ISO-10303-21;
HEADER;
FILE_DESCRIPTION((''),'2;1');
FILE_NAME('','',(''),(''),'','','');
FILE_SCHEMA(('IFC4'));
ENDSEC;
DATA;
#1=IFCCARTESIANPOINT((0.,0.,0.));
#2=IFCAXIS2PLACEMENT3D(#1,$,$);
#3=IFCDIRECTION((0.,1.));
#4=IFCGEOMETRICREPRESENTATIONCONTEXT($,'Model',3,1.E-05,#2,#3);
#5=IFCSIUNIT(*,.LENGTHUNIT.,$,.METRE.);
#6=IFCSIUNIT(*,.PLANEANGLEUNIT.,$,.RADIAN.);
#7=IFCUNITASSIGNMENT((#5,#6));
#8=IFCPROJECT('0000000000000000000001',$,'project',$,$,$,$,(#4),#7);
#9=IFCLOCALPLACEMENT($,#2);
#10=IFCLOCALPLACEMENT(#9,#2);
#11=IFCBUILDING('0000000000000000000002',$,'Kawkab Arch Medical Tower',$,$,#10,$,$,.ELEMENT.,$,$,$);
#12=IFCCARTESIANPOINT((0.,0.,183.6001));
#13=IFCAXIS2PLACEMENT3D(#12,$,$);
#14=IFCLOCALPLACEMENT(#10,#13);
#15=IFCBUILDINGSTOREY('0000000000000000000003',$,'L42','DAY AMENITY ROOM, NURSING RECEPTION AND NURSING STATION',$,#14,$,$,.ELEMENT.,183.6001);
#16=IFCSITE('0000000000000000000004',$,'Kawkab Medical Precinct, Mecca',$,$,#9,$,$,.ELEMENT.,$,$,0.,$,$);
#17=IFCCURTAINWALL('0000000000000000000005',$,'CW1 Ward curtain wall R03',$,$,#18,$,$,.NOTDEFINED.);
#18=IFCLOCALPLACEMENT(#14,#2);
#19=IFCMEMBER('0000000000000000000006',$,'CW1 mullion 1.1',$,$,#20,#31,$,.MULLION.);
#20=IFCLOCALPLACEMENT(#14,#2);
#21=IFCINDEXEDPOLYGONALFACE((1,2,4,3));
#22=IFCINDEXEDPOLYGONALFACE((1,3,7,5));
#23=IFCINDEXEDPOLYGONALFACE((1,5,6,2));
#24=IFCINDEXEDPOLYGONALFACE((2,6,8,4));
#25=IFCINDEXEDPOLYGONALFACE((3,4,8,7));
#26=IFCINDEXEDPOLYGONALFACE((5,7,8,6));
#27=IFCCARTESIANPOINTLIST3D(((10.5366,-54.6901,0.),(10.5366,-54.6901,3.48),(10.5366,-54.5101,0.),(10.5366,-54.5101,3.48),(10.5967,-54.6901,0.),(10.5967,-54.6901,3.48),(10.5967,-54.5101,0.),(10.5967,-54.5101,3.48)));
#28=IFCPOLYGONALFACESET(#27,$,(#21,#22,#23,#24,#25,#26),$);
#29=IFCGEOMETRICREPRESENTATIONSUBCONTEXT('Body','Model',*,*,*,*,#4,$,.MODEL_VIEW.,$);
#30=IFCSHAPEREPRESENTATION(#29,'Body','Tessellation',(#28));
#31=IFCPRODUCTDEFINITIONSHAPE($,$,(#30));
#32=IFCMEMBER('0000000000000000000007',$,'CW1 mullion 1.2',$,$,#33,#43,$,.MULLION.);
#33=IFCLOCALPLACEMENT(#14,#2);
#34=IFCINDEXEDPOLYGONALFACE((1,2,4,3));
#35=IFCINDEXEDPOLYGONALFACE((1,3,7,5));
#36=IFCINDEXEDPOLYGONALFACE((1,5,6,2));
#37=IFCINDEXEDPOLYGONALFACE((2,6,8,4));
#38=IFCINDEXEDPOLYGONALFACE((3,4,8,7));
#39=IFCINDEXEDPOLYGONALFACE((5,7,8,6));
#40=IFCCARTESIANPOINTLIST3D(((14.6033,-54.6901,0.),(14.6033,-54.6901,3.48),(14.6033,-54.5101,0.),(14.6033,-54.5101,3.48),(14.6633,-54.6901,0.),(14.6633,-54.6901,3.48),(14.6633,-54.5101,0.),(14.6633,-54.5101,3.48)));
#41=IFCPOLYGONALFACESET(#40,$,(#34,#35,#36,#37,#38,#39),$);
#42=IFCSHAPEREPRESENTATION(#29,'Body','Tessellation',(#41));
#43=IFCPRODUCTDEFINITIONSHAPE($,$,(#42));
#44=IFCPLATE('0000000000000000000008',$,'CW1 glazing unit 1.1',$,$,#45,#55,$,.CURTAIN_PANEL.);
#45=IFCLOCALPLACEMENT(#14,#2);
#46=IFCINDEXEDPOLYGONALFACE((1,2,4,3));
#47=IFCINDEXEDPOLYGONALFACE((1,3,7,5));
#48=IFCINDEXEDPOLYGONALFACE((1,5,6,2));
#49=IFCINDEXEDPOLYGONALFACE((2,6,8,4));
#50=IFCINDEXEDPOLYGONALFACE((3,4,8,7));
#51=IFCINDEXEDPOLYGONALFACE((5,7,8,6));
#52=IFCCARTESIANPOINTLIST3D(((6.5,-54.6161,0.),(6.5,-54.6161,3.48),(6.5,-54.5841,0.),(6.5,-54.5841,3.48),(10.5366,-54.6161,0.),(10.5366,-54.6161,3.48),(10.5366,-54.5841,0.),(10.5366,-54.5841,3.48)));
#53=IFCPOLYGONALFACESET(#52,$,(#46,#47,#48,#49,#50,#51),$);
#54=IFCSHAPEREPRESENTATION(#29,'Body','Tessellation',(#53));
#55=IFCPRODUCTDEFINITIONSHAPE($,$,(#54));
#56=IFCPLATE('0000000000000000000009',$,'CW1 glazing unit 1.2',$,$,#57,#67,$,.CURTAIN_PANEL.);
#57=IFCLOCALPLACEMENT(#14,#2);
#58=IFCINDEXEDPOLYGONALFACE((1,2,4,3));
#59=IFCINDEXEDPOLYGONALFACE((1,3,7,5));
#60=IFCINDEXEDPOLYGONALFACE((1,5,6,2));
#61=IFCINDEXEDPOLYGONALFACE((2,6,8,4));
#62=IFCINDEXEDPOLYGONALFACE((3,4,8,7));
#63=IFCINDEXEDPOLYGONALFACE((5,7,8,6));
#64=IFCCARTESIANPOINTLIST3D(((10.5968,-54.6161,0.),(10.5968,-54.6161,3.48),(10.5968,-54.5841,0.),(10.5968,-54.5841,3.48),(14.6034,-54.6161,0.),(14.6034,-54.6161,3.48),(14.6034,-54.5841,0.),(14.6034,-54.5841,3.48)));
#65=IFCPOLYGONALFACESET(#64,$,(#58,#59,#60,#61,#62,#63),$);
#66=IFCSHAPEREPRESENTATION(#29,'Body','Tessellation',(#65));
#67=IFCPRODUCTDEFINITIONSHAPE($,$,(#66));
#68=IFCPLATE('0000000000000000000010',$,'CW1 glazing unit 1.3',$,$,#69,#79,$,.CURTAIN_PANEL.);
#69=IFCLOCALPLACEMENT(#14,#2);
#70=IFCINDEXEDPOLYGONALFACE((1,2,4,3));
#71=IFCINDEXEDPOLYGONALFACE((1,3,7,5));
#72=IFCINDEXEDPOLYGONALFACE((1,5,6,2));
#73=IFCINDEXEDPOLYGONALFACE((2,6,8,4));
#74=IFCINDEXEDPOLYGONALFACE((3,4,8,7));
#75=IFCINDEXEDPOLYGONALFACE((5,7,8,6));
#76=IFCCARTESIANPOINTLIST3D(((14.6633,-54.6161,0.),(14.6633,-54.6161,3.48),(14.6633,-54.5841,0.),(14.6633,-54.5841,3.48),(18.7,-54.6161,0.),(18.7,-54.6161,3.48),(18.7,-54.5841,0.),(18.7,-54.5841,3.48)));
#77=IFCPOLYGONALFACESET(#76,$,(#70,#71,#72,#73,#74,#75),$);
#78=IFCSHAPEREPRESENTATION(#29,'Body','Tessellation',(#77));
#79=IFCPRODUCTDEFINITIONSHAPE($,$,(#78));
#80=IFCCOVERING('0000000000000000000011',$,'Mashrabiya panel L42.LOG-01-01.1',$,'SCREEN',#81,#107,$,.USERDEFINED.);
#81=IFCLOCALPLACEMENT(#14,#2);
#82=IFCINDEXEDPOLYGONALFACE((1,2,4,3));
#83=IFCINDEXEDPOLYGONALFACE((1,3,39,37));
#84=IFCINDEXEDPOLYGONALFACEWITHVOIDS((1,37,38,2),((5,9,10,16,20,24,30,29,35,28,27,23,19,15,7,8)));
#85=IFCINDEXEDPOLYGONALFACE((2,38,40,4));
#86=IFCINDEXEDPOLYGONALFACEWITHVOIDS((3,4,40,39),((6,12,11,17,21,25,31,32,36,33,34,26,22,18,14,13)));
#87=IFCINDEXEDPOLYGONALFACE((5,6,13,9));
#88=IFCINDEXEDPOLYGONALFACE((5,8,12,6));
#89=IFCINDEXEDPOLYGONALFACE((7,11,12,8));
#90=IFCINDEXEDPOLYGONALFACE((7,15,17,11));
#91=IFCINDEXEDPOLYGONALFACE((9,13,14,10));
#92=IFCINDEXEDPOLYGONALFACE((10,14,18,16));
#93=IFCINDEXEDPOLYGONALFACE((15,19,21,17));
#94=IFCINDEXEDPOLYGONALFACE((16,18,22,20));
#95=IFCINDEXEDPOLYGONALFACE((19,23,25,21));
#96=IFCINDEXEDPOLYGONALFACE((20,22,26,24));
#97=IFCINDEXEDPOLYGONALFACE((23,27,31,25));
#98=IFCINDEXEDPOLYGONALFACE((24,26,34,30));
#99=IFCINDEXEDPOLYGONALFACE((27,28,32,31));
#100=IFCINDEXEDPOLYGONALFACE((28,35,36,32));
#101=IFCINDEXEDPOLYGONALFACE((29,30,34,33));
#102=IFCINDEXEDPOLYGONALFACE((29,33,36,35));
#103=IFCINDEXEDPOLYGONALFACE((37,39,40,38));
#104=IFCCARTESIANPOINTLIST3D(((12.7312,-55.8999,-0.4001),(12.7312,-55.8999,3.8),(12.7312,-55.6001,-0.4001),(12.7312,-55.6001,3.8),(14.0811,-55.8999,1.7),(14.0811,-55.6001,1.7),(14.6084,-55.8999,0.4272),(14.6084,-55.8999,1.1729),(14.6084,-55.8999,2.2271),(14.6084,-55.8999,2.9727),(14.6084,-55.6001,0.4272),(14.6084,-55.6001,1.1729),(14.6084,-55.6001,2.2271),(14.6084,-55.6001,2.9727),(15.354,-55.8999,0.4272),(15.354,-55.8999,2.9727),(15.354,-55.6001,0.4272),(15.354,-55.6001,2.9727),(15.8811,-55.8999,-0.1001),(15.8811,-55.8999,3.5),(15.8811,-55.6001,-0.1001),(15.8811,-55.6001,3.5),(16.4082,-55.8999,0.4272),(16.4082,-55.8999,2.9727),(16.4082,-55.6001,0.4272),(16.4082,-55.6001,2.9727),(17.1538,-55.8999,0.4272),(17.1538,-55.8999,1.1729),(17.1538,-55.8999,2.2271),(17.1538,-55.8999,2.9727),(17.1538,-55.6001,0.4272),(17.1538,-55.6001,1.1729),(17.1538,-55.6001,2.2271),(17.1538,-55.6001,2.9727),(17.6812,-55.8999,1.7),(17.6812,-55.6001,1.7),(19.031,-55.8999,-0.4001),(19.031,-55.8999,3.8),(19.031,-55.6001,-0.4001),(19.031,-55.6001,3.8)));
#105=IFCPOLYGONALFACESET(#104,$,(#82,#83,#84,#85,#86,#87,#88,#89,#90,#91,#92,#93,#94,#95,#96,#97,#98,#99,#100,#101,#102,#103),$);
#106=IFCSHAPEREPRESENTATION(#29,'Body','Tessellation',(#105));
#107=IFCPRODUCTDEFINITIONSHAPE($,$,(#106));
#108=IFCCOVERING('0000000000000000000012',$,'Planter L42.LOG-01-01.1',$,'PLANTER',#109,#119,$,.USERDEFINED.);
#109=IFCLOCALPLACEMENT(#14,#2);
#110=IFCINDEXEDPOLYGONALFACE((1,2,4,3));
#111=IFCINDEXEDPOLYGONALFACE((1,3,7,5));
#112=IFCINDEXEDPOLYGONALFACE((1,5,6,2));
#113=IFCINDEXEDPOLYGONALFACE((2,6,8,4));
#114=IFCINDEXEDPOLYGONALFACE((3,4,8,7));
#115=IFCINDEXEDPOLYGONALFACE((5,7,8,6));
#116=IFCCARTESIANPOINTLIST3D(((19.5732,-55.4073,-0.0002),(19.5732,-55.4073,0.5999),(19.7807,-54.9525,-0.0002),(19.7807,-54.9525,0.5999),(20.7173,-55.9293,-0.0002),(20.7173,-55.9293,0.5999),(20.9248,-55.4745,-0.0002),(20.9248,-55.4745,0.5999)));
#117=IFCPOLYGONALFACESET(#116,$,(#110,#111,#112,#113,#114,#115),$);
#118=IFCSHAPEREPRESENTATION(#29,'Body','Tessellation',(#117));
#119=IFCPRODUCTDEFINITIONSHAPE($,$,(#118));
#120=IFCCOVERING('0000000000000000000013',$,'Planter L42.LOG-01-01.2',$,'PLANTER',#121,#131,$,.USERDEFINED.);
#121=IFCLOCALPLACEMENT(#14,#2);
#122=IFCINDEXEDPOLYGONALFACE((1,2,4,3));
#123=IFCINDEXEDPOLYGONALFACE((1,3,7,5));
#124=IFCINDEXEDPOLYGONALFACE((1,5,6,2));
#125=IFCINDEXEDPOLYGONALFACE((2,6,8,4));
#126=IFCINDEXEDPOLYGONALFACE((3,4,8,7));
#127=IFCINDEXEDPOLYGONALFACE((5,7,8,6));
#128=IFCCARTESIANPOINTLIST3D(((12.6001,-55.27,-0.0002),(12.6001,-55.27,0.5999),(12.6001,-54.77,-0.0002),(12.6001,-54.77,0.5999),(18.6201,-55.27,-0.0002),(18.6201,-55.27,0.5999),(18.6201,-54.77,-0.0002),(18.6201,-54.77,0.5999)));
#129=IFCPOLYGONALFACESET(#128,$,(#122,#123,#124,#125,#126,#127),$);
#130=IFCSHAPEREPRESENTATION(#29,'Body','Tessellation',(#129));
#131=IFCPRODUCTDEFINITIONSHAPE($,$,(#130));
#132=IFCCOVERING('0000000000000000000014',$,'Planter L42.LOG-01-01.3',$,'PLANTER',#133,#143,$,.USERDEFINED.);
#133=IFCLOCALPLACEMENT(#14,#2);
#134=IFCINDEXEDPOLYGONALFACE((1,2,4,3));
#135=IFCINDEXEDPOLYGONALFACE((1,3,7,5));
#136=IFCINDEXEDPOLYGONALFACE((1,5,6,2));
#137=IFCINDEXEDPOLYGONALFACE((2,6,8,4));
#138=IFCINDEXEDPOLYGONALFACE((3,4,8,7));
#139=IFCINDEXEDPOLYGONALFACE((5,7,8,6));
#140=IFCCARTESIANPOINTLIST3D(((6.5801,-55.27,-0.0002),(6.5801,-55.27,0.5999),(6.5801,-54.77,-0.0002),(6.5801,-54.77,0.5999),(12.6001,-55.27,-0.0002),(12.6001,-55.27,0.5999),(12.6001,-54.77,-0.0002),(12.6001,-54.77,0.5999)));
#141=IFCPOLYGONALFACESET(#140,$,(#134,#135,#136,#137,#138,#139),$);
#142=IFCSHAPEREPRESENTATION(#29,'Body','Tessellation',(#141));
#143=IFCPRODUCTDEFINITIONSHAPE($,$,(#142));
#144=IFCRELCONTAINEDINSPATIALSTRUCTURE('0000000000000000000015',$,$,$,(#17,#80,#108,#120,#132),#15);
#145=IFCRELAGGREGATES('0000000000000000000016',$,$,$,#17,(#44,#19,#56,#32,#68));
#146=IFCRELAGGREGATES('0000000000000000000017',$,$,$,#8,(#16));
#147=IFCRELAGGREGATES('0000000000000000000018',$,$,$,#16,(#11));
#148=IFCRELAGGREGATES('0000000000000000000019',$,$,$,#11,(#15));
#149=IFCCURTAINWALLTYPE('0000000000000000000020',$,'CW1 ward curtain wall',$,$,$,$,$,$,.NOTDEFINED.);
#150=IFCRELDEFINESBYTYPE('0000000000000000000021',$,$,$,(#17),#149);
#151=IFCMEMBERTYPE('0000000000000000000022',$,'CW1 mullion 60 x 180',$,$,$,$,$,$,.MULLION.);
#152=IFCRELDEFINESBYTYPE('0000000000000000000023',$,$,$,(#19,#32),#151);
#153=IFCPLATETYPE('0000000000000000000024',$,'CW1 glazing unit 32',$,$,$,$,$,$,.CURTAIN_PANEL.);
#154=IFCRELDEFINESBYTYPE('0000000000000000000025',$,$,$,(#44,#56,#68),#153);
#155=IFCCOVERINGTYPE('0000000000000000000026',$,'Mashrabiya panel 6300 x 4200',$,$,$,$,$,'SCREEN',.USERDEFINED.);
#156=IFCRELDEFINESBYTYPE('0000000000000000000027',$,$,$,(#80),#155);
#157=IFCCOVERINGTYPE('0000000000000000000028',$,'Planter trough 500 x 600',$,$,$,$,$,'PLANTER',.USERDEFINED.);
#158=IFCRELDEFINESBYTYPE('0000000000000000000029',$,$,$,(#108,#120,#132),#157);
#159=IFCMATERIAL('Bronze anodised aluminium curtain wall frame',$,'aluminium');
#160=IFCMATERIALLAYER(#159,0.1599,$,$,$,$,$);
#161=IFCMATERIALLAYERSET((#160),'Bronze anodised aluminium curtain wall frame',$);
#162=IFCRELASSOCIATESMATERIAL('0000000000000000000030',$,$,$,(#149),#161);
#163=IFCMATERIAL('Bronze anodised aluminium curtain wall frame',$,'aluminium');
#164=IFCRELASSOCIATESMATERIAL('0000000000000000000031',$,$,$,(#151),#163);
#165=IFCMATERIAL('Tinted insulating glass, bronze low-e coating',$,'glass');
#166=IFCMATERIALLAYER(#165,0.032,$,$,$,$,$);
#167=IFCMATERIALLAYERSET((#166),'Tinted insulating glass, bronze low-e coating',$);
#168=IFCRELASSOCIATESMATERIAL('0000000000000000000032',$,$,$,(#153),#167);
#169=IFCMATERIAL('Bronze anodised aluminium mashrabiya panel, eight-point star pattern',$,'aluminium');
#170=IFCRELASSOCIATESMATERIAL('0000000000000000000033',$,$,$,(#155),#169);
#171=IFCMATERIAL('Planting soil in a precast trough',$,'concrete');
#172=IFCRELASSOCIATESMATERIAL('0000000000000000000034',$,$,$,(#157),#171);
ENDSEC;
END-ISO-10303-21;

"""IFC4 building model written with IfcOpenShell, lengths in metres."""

from ifc_helpers import new_model, si_unit, direction, frame, origin, origin_2d, place, context, subcontext, project, spatial, polyline, rectangle, outline, extrude, material, layer, layer_set, material_profile, profile_set, type_object, element, aggregate, save


model = new_model("IFC4")

# Units and contexts
model_context = context("Model", 3, precision=1e-05, world=origin(), true_north=direction((0.0, 1.0)))
body_context = subcontext(model_context, "Body", "Model", "MODEL_VIEW")
ifc_project = project(units=[si_unit("LENGTHUNIT", "METRE"), si_unit("PLANEANGLEUNIT", "RADIAN")], contexts=[model_context])

# Site, building, storey
site_placement = place(None, origin())
site = spatial("IfcSite", under=ifc_project, at=site_placement, Name="Kawkab Medical Precinct, Mecca", CompositionType="ELEMENT", RefElevation=0.0)
building_placement = place(site_placement, origin())
building = spatial("IfcBuilding", under=site, at=building_placement, Name="Kawkab Arch Medical Tower", CompositionType="ELEMENT")
storey_placement = place(building_placement, frame((0.0, 0.0, 183.6001)))
storey = spatial("IfcBuildingStorey", under=building, at=storey_placement, Name="L42", Description="DAY AMENITY ROOM, NURSING RECEPTION AND NURSING STATION", CompositionType="ELEMENT", Elevation=183.6001)

# Curtain wall, members, plates
ifc_material_1 = material(Name="Bronze anodised aluminium curtain wall frame", Category="aluminium")
ifc_layer_1 = layer(ifc_material_1, 0.1599)
ifc_layer_set_1 = layer_set([ifc_layer_1], Name="Bronze anodised aluminium curtain wall frame")
curtain_wall_type = type_object("IfcCurtainWallType", Name="CW1 ward curtain wall", PredefinedType="NOTDEFINED", material=ifc_layer_set_1)
curtain_wall_placement = place(storey_placement, origin())
curtain_wall = element("IfcCurtainWall", 1, at=curtain_wall_placement, inside=storey, type_object=curtain_wall_type, Name="CW1 Ward curtain wall R03", PredefinedType="NOTDEFINED")
ifc_material_2 = material(Name="Bronze anodised aluminium curtain wall frame", Category="aluminium")
ifc_material_profile_1 = material_profile(ifc_material_2, rectangle(XDim=0.1799, YDim=0.0601, at=origin_2d()), Name="AL 60x180")
ifc_profile_set_1 = profile_set([ifc_material_profile_1], Name="Bronze anodised aluminium curtain wall frame")
member_type = type_object("IfcMemberType", Name="CW1 mullion 60 x 180", PredefinedType="MULLION", material=ifc_profile_set_1)
member_1_placement = place(storey_placement, frame((10.5667, -54.6001, 0.0), z_axis=(0.0, 0.0, 1.0), x_axis=(0.0, 1.0, 0.0)))
member_1 = element("IfcMember", 2, at=member_1_placement, type_object=member_type, Name="CW1 mullion 1.1", PredefinedType="MULLION", context=body_context, shape_type="SweptSolid", body=[
    extrude(rectangle(XDim=0.1799, YDim=0.0601, at=origin_2d()), origin(), (0.0, 0.0, 1.0), 3.48),
])
member_2_placement = place(storey_placement, frame((14.6333, -54.6001, 0.0), z_axis=(0.0, 0.0, 1.0), x_axis=(0.0, 1.0, 0.0)))
member_2 = element("IfcMember", 3, at=member_2_placement, type_object=member_type, Name="CW1 mullion 1.2", PredefinedType="MULLION", context=body_context, shape_type="SweptSolid", body=[
    extrude(rectangle(XDim=0.1799, YDim=0.0601, at=origin_2d()), origin(), (0.0, 0.0, 1.0), 3.48),
])
ifc_material_3 = material(Name="Tinted insulating glass, bronze low-e coating", Category="glass")
ifc_layer_2 = layer(ifc_material_3, 0.032)
ifc_layer_set_2 = layer_set([ifc_layer_2], Name="Tinted insulating glass, bronze low-e coating")
plate_type = type_object("IfcPlateType", Name="CW1 glazing unit 32", PredefinedType="CURTAIN_PANEL", material=ifc_layer_set_2)
plate_1_placement = place(storey_placement, frame((8.5183, -54.6001, 0.0), z_axis=(0.0, 0.0, 1.0), x_axis=(1.0, 0.0, 0.0)))
plate_1 = element("IfcPlate", 4, at=plate_1_placement, type_object=plate_type, Name="CW1 glazing unit 1.1", PredefinedType="CURTAIN_PANEL", context=body_context, shape_type="SweptSolid", body=[
    extrude(rectangle(XDim=4.0366, YDim=0.032, at=origin_2d()), origin(), (0.0, 0.0, 1.0), 3.48),
])
plate_2_placement = place(storey_placement, frame((12.6001, -54.6001, 0.0), z_axis=(0.0, 0.0, 1.0), x_axis=(1.0, 0.0, 0.0)))
plate_2 = element("IfcPlate", 5, at=plate_2_placement, type_object=plate_type, Name="CW1 glazing unit 1.2", PredefinedType="CURTAIN_PANEL", context=body_context, shape_type="SweptSolid", body=[
    extrude(rectangle(XDim=4.0066, YDim=0.032, at=origin_2d()), origin(), (0.0, 0.0, 1.0), 3.48),
])
plate_3_placement = place(storey_placement, frame((16.6816, -54.6001, 0.0), z_axis=(0.0, 0.0, 1.0), x_axis=(1.0, 0.0, 0.0)))
plate_3 = element("IfcPlate", 6, at=plate_3_placement, type_object=plate_type, Name="CW1 glazing unit 1.3", PredefinedType="CURTAIN_PANEL", context=body_context, shape_type="SweptSolid", body=[
    extrude(rectangle(XDim=4.0366, YDim=0.032, at=origin_2d()), origin(), (0.0, 0.0, 1.0), 3.48),
])
aggregate(curtain_wall, [plate_1, member_1, plate_2, member_2, plate_3])

# Coverings
ifc_material_4 = material(Name="Bronze anodised aluminium mashrabiya panel, eight-point star pattern", Category="aluminium")
ifc_material_profile_2 = material_profile(ifc_material_4, outline(polyline([(-3.1499, -2.1001), (3.1499, -2.1001), (3.1499, 2.1001), (-3.1499, 2.1001), (-3.1499, -2.1001)]), holes=[polyline([(1.8, 0.0), (1.2727, 0.5271), (1.2727, 1.2727), (0.5271, 1.2727), (0.0, 1.8), (-0.5271, 1.2727), (-1.2727, 1.2727), (-1.2727, 0.5271), (-1.8, 0.0), (-1.2727, -0.5271), (-1.2727, -1.2727), (-0.5271, -1.2727), (0.0, -1.8), (0.5271, -1.2727), (1.2727, -1.2727), (1.2727, -0.5271), (1.8, 0.0)])]), Name="Mashrabiya panel 6300x4200")
ifc_profile_set_2 = profile_set([ifc_material_profile_2], Name="Bronze anodised aluminium mashrabiya panel, eight-point star pattern")
covering_type_1 = type_object("IfcCoveringType", Name="Mashrabiya panel 6300 x 4200", ElementType="SCREEN", PredefinedType="USERDEFINED", material=ifc_profile_set_2)
covering_1_placement = place(storey_placement, frame((15.8811, -55.6001, 1.7), z_axis=(0.0, -1.0, 0.0), x_axis=(1.0, 0.0, 0.0)))
element("IfcCovering", 7, at=covering_1_placement, inside=storey, type_object=covering_type_1, Name="Mashrabiya panel L42.LOG-01-01.1", ObjectType="SCREEN", PredefinedType="USERDEFINED", context=body_context, shape_type="SweptSolid", body=[
    extrude(outline(polyline([(-3.1499, -2.1001), (3.1499, -2.1001), (3.1499, 2.1001), (-3.1499, 2.1001), (-3.1499, -2.1001)]), holes=[polyline([(1.8, 0.0), (1.2727, 0.5271), (1.2727, 1.2727), (0.5271, 1.2727), (0.0, 1.8), (-0.5271, 1.2727), (-1.2727, 1.2727), (-1.2727, 0.5271), (-1.8, 0.0), (-1.2727, -0.5271), (-1.2727, -1.2727), (-0.5271, -1.2727), (0.0, -1.8), (0.5271, -1.2727), (1.2727, -1.2727), (1.2727, -0.5271), (1.8, 0.0)])]), origin(), (0.0, 0.0, 1.0), 0.2998),
])
ifc_material_5 = material(Name="Planting soil in a precast trough", Category="concrete")
ifc_material_profile_3 = material_profile(ifc_material_5, rectangle(XDim=0.5, YDim=0.6001, at=origin_2d()), Name="Trough 500x600")
ifc_profile_set_3 = profile_set([ifc_material_profile_3], Name="Planting soil in a precast trough")
covering_type_2 = type_object("IfcCoveringType", Name="Planter trough 500 x 600", ElementType="PLANTER", PredefinedType="USERDEFINED", material=ifc_profile_set_3)
covering_2_placement = place(storey_placement, frame((20.821, -55.7019, 0.2998), z_axis=(-0.90978, 0.41509, 0.0), x_axis=(-0.41509, -0.90978, 0.0)))
element("IfcCovering", 8, at=covering_2_placement, inside=storey, type_object=covering_type_2, Name="Planter L42.LOG-01-01.1", ObjectType="PLANTER", PredefinedType="USERDEFINED", context=body_context, shape_type="SweptSolid", body=[
    extrude(rectangle(XDim=0.5, YDim=0.6001, at=origin_2d()), origin(), (0.0, 0.0, 1.0), 1.2576),
])
for number, where, z_axis, x_axis, name in (
    (9, (18.6201, -55.02, 0.2998), (-1.0, 0.0, 0.0), (0.0, -1.0, 0.0), "Planter L42.LOG-01-01.2"),
    (10, (12.6001, -55.02, 0.2998), (-1.0, 0.0, 0.0), (0.0, -1.0, 0.0), "Planter L42.LOG-01-01.3"),
):
    element("IfcCovering", number, at=place(storey_placement, frame(where, z_axis=z_axis, x_axis=x_axis)), inside=storey, type_object=covering_type_2, Name=name, ObjectType="PLANTER", PredefinedType="USERDEFINED", context=body_context, shape_type="SweptSolid", body=[
        extrude(rectangle(XDim=0.5, YDim=0.6001, at=origin_2d()), origin(), (0.0, 0.0, 1.0), 6.02),
    ])

save(model, "model.ifc")
